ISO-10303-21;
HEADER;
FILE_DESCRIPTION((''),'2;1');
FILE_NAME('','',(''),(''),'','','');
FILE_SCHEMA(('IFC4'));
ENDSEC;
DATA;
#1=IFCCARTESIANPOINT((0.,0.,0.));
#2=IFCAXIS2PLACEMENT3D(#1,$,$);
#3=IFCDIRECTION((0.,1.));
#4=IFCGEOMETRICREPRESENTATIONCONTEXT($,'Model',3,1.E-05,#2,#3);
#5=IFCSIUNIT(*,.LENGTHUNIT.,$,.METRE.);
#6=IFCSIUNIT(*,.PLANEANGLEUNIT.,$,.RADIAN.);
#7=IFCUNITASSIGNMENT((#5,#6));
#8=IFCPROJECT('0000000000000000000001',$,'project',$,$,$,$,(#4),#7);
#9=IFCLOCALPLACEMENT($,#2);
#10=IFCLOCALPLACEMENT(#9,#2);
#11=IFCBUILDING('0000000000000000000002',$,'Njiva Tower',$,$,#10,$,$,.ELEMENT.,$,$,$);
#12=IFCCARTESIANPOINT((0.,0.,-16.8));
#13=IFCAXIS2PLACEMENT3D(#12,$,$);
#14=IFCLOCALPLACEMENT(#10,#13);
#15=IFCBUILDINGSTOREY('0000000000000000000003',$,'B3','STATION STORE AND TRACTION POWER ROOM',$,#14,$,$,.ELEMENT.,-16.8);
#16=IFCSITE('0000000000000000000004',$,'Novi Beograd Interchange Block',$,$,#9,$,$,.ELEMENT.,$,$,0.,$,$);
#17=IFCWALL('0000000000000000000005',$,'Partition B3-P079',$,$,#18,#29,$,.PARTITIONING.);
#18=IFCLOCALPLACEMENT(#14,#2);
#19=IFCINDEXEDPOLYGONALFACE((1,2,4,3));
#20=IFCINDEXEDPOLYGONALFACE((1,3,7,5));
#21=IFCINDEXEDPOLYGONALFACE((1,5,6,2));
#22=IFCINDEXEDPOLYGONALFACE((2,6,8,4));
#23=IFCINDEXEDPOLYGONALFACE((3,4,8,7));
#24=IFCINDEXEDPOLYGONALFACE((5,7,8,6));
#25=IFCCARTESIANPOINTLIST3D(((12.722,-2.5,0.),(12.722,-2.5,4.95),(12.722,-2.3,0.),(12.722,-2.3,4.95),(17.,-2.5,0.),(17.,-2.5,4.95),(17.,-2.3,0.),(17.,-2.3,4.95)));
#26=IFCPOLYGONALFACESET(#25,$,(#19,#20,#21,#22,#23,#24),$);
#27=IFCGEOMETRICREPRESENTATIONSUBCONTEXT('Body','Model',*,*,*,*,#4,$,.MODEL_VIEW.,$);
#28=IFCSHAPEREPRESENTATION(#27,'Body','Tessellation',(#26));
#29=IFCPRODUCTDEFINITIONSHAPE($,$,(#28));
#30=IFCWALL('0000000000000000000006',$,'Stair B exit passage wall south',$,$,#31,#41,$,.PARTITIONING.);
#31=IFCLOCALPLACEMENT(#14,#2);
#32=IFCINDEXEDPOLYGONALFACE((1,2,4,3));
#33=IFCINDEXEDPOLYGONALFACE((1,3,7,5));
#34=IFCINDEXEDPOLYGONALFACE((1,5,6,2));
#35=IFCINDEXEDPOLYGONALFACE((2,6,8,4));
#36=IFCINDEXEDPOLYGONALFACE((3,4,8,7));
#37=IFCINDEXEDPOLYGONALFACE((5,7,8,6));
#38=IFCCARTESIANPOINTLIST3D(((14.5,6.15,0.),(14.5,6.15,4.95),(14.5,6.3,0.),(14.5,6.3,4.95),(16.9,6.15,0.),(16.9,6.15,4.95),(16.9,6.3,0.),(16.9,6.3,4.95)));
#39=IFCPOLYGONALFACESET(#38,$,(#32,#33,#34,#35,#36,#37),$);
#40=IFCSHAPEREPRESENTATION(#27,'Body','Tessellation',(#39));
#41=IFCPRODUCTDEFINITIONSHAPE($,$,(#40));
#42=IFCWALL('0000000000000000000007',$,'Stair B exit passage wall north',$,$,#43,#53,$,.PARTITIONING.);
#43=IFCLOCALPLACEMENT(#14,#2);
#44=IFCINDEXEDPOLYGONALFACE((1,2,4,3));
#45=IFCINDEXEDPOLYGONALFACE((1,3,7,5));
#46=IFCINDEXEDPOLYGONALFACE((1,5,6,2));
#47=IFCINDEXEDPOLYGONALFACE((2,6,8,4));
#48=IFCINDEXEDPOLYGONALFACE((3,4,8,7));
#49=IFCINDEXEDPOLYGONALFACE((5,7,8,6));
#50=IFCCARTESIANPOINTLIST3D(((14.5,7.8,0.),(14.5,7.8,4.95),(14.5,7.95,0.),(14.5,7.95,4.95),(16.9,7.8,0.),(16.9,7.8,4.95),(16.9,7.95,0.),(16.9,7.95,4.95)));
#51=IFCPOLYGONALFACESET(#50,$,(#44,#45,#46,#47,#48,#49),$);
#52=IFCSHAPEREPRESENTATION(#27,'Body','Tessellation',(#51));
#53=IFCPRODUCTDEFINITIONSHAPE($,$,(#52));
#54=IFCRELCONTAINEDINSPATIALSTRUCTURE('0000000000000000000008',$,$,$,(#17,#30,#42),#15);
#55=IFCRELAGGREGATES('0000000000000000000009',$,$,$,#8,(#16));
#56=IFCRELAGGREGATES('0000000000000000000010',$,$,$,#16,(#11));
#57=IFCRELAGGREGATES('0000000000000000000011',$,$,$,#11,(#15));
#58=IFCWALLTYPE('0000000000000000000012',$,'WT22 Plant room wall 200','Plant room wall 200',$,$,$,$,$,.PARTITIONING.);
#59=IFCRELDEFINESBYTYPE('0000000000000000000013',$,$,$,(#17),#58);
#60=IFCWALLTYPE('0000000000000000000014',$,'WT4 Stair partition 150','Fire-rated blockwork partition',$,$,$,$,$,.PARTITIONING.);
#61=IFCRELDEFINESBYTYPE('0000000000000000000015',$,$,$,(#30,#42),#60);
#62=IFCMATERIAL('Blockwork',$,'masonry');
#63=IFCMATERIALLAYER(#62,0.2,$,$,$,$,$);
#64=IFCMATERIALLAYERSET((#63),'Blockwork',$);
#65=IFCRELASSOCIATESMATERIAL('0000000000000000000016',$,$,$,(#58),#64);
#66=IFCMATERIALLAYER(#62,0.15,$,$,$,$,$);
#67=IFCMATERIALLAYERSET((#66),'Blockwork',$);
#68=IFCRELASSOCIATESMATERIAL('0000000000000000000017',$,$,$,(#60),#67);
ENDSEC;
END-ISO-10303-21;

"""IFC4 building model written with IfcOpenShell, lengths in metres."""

from ifc_helpers import new_model, si_unit, direction, frame, frame_2d, origin, place, context, subcontext, project, spatial, rectangle, extrude, material, layer, layer_set, type_object, element, save


model = new_model("IFC4")

# Units and contexts
model_context = context("Model", 3, precision=1e-05, world=origin(), true_north=direction((0.0, 1.0)))
body_context = subcontext(model_context, "Body", "Model", "MODEL_VIEW")
ifc_project = project(units=[si_unit("LENGTHUNIT", "METRE"), si_unit("PLANEANGLEUNIT", "RADIAN")], contexts=[model_context])

# Site, building, storey
site_placement = place(None, origin())
site = spatial("IfcSite", under=ifc_project, at=site_placement, Name="Novi Beograd Interchange Block", CompositionType="ELEMENT", RefElevation=0.0)
building_placement = place(site_placement, origin())
building = spatial("IfcBuilding", under=site, at=building_placement, Name="Njiva Tower", CompositionType="ELEMENT")
storey_placement = place(building_placement, frame((0.0, 0.0, -16.8)))
storey = spatial("IfcBuildingStorey", under=building, at=storey_placement, Name="B3", Description="STATION STORE AND TRACTION POWER ROOM", CompositionType="ELEMENT", Elevation=-16.8)

# Shared definitions
ifc_material_1 = material(Name="Blockwork", Category="masonry")

# Walls
ifc_layer_1 = layer(ifc_material_1, 0.2)
ifc_layer_set_1 = layer_set([ifc_layer_1], Name="Blockwork")
wall_type_1 = type_object("IfcWallType", Name="WT22 Plant room wall 200", Description="Plant room wall 200", PredefinedType="PARTITIONING", material=ifc_layer_set_1)
wall_1_placement = place(storey_placement, frame((12.722, -2.4, 0.0), z_axis=(0.0, 0.0, 1.0), x_axis=(1.0, 0.0, 0.0)))
element("IfcWall", 1, at=wall_1_placement, inside=storey, type_object=wall_type_1, Name="Partition B3-P079", PredefinedType="PARTITIONING", context=body_context, shape_type="SweptSolid", body=[
    extrude(rectangle(XDim=4.278, YDim=0.2, at=frame_2d((2.139, 0.0))), origin(), (0.0, 0.0, 1.0), 4.95),
])
ifc_layer_2 = layer(ifc_material_1, 0.15)
ifc_layer_set_2 = layer_set([ifc_layer_2], Name="Blockwork")
wall_type_2 = type_object("IfcWallType", Name="WT4 Stair partition 150", Description="Fire-rated blockwork partition", PredefinedType="PARTITIONING", material=ifc_layer_set_2)
for number, where, z_axis, x_axis, name in (
    (2, (14.5, 6.225, 0.0), (0.0, 0.0, 1.0), (1.0, 0.0, 0.0), "Stair B exit passage wall south"),
    (3, (14.5, 7.875, 0.0), (0.0, 0.0, 1.0), (1.0, 0.0, 0.0), "Stair B exit passage wall north"),
):
    element("IfcWall", number, at=place(storey_placement, frame(where, z_axis=z_axis, x_axis=x_axis)), inside=storey, type_object=wall_type_2, Name=name, PredefinedType="PARTITIONING", context=body_context, shape_type="SweptSolid", body=[
        extrude(rectangle(XDim=2.4, YDim=0.15, at=frame_2d((1.2, 0.0))), origin(), (0.0, 0.0, 1.0), 4.95),
    ])

save(model, "model.ifc")
